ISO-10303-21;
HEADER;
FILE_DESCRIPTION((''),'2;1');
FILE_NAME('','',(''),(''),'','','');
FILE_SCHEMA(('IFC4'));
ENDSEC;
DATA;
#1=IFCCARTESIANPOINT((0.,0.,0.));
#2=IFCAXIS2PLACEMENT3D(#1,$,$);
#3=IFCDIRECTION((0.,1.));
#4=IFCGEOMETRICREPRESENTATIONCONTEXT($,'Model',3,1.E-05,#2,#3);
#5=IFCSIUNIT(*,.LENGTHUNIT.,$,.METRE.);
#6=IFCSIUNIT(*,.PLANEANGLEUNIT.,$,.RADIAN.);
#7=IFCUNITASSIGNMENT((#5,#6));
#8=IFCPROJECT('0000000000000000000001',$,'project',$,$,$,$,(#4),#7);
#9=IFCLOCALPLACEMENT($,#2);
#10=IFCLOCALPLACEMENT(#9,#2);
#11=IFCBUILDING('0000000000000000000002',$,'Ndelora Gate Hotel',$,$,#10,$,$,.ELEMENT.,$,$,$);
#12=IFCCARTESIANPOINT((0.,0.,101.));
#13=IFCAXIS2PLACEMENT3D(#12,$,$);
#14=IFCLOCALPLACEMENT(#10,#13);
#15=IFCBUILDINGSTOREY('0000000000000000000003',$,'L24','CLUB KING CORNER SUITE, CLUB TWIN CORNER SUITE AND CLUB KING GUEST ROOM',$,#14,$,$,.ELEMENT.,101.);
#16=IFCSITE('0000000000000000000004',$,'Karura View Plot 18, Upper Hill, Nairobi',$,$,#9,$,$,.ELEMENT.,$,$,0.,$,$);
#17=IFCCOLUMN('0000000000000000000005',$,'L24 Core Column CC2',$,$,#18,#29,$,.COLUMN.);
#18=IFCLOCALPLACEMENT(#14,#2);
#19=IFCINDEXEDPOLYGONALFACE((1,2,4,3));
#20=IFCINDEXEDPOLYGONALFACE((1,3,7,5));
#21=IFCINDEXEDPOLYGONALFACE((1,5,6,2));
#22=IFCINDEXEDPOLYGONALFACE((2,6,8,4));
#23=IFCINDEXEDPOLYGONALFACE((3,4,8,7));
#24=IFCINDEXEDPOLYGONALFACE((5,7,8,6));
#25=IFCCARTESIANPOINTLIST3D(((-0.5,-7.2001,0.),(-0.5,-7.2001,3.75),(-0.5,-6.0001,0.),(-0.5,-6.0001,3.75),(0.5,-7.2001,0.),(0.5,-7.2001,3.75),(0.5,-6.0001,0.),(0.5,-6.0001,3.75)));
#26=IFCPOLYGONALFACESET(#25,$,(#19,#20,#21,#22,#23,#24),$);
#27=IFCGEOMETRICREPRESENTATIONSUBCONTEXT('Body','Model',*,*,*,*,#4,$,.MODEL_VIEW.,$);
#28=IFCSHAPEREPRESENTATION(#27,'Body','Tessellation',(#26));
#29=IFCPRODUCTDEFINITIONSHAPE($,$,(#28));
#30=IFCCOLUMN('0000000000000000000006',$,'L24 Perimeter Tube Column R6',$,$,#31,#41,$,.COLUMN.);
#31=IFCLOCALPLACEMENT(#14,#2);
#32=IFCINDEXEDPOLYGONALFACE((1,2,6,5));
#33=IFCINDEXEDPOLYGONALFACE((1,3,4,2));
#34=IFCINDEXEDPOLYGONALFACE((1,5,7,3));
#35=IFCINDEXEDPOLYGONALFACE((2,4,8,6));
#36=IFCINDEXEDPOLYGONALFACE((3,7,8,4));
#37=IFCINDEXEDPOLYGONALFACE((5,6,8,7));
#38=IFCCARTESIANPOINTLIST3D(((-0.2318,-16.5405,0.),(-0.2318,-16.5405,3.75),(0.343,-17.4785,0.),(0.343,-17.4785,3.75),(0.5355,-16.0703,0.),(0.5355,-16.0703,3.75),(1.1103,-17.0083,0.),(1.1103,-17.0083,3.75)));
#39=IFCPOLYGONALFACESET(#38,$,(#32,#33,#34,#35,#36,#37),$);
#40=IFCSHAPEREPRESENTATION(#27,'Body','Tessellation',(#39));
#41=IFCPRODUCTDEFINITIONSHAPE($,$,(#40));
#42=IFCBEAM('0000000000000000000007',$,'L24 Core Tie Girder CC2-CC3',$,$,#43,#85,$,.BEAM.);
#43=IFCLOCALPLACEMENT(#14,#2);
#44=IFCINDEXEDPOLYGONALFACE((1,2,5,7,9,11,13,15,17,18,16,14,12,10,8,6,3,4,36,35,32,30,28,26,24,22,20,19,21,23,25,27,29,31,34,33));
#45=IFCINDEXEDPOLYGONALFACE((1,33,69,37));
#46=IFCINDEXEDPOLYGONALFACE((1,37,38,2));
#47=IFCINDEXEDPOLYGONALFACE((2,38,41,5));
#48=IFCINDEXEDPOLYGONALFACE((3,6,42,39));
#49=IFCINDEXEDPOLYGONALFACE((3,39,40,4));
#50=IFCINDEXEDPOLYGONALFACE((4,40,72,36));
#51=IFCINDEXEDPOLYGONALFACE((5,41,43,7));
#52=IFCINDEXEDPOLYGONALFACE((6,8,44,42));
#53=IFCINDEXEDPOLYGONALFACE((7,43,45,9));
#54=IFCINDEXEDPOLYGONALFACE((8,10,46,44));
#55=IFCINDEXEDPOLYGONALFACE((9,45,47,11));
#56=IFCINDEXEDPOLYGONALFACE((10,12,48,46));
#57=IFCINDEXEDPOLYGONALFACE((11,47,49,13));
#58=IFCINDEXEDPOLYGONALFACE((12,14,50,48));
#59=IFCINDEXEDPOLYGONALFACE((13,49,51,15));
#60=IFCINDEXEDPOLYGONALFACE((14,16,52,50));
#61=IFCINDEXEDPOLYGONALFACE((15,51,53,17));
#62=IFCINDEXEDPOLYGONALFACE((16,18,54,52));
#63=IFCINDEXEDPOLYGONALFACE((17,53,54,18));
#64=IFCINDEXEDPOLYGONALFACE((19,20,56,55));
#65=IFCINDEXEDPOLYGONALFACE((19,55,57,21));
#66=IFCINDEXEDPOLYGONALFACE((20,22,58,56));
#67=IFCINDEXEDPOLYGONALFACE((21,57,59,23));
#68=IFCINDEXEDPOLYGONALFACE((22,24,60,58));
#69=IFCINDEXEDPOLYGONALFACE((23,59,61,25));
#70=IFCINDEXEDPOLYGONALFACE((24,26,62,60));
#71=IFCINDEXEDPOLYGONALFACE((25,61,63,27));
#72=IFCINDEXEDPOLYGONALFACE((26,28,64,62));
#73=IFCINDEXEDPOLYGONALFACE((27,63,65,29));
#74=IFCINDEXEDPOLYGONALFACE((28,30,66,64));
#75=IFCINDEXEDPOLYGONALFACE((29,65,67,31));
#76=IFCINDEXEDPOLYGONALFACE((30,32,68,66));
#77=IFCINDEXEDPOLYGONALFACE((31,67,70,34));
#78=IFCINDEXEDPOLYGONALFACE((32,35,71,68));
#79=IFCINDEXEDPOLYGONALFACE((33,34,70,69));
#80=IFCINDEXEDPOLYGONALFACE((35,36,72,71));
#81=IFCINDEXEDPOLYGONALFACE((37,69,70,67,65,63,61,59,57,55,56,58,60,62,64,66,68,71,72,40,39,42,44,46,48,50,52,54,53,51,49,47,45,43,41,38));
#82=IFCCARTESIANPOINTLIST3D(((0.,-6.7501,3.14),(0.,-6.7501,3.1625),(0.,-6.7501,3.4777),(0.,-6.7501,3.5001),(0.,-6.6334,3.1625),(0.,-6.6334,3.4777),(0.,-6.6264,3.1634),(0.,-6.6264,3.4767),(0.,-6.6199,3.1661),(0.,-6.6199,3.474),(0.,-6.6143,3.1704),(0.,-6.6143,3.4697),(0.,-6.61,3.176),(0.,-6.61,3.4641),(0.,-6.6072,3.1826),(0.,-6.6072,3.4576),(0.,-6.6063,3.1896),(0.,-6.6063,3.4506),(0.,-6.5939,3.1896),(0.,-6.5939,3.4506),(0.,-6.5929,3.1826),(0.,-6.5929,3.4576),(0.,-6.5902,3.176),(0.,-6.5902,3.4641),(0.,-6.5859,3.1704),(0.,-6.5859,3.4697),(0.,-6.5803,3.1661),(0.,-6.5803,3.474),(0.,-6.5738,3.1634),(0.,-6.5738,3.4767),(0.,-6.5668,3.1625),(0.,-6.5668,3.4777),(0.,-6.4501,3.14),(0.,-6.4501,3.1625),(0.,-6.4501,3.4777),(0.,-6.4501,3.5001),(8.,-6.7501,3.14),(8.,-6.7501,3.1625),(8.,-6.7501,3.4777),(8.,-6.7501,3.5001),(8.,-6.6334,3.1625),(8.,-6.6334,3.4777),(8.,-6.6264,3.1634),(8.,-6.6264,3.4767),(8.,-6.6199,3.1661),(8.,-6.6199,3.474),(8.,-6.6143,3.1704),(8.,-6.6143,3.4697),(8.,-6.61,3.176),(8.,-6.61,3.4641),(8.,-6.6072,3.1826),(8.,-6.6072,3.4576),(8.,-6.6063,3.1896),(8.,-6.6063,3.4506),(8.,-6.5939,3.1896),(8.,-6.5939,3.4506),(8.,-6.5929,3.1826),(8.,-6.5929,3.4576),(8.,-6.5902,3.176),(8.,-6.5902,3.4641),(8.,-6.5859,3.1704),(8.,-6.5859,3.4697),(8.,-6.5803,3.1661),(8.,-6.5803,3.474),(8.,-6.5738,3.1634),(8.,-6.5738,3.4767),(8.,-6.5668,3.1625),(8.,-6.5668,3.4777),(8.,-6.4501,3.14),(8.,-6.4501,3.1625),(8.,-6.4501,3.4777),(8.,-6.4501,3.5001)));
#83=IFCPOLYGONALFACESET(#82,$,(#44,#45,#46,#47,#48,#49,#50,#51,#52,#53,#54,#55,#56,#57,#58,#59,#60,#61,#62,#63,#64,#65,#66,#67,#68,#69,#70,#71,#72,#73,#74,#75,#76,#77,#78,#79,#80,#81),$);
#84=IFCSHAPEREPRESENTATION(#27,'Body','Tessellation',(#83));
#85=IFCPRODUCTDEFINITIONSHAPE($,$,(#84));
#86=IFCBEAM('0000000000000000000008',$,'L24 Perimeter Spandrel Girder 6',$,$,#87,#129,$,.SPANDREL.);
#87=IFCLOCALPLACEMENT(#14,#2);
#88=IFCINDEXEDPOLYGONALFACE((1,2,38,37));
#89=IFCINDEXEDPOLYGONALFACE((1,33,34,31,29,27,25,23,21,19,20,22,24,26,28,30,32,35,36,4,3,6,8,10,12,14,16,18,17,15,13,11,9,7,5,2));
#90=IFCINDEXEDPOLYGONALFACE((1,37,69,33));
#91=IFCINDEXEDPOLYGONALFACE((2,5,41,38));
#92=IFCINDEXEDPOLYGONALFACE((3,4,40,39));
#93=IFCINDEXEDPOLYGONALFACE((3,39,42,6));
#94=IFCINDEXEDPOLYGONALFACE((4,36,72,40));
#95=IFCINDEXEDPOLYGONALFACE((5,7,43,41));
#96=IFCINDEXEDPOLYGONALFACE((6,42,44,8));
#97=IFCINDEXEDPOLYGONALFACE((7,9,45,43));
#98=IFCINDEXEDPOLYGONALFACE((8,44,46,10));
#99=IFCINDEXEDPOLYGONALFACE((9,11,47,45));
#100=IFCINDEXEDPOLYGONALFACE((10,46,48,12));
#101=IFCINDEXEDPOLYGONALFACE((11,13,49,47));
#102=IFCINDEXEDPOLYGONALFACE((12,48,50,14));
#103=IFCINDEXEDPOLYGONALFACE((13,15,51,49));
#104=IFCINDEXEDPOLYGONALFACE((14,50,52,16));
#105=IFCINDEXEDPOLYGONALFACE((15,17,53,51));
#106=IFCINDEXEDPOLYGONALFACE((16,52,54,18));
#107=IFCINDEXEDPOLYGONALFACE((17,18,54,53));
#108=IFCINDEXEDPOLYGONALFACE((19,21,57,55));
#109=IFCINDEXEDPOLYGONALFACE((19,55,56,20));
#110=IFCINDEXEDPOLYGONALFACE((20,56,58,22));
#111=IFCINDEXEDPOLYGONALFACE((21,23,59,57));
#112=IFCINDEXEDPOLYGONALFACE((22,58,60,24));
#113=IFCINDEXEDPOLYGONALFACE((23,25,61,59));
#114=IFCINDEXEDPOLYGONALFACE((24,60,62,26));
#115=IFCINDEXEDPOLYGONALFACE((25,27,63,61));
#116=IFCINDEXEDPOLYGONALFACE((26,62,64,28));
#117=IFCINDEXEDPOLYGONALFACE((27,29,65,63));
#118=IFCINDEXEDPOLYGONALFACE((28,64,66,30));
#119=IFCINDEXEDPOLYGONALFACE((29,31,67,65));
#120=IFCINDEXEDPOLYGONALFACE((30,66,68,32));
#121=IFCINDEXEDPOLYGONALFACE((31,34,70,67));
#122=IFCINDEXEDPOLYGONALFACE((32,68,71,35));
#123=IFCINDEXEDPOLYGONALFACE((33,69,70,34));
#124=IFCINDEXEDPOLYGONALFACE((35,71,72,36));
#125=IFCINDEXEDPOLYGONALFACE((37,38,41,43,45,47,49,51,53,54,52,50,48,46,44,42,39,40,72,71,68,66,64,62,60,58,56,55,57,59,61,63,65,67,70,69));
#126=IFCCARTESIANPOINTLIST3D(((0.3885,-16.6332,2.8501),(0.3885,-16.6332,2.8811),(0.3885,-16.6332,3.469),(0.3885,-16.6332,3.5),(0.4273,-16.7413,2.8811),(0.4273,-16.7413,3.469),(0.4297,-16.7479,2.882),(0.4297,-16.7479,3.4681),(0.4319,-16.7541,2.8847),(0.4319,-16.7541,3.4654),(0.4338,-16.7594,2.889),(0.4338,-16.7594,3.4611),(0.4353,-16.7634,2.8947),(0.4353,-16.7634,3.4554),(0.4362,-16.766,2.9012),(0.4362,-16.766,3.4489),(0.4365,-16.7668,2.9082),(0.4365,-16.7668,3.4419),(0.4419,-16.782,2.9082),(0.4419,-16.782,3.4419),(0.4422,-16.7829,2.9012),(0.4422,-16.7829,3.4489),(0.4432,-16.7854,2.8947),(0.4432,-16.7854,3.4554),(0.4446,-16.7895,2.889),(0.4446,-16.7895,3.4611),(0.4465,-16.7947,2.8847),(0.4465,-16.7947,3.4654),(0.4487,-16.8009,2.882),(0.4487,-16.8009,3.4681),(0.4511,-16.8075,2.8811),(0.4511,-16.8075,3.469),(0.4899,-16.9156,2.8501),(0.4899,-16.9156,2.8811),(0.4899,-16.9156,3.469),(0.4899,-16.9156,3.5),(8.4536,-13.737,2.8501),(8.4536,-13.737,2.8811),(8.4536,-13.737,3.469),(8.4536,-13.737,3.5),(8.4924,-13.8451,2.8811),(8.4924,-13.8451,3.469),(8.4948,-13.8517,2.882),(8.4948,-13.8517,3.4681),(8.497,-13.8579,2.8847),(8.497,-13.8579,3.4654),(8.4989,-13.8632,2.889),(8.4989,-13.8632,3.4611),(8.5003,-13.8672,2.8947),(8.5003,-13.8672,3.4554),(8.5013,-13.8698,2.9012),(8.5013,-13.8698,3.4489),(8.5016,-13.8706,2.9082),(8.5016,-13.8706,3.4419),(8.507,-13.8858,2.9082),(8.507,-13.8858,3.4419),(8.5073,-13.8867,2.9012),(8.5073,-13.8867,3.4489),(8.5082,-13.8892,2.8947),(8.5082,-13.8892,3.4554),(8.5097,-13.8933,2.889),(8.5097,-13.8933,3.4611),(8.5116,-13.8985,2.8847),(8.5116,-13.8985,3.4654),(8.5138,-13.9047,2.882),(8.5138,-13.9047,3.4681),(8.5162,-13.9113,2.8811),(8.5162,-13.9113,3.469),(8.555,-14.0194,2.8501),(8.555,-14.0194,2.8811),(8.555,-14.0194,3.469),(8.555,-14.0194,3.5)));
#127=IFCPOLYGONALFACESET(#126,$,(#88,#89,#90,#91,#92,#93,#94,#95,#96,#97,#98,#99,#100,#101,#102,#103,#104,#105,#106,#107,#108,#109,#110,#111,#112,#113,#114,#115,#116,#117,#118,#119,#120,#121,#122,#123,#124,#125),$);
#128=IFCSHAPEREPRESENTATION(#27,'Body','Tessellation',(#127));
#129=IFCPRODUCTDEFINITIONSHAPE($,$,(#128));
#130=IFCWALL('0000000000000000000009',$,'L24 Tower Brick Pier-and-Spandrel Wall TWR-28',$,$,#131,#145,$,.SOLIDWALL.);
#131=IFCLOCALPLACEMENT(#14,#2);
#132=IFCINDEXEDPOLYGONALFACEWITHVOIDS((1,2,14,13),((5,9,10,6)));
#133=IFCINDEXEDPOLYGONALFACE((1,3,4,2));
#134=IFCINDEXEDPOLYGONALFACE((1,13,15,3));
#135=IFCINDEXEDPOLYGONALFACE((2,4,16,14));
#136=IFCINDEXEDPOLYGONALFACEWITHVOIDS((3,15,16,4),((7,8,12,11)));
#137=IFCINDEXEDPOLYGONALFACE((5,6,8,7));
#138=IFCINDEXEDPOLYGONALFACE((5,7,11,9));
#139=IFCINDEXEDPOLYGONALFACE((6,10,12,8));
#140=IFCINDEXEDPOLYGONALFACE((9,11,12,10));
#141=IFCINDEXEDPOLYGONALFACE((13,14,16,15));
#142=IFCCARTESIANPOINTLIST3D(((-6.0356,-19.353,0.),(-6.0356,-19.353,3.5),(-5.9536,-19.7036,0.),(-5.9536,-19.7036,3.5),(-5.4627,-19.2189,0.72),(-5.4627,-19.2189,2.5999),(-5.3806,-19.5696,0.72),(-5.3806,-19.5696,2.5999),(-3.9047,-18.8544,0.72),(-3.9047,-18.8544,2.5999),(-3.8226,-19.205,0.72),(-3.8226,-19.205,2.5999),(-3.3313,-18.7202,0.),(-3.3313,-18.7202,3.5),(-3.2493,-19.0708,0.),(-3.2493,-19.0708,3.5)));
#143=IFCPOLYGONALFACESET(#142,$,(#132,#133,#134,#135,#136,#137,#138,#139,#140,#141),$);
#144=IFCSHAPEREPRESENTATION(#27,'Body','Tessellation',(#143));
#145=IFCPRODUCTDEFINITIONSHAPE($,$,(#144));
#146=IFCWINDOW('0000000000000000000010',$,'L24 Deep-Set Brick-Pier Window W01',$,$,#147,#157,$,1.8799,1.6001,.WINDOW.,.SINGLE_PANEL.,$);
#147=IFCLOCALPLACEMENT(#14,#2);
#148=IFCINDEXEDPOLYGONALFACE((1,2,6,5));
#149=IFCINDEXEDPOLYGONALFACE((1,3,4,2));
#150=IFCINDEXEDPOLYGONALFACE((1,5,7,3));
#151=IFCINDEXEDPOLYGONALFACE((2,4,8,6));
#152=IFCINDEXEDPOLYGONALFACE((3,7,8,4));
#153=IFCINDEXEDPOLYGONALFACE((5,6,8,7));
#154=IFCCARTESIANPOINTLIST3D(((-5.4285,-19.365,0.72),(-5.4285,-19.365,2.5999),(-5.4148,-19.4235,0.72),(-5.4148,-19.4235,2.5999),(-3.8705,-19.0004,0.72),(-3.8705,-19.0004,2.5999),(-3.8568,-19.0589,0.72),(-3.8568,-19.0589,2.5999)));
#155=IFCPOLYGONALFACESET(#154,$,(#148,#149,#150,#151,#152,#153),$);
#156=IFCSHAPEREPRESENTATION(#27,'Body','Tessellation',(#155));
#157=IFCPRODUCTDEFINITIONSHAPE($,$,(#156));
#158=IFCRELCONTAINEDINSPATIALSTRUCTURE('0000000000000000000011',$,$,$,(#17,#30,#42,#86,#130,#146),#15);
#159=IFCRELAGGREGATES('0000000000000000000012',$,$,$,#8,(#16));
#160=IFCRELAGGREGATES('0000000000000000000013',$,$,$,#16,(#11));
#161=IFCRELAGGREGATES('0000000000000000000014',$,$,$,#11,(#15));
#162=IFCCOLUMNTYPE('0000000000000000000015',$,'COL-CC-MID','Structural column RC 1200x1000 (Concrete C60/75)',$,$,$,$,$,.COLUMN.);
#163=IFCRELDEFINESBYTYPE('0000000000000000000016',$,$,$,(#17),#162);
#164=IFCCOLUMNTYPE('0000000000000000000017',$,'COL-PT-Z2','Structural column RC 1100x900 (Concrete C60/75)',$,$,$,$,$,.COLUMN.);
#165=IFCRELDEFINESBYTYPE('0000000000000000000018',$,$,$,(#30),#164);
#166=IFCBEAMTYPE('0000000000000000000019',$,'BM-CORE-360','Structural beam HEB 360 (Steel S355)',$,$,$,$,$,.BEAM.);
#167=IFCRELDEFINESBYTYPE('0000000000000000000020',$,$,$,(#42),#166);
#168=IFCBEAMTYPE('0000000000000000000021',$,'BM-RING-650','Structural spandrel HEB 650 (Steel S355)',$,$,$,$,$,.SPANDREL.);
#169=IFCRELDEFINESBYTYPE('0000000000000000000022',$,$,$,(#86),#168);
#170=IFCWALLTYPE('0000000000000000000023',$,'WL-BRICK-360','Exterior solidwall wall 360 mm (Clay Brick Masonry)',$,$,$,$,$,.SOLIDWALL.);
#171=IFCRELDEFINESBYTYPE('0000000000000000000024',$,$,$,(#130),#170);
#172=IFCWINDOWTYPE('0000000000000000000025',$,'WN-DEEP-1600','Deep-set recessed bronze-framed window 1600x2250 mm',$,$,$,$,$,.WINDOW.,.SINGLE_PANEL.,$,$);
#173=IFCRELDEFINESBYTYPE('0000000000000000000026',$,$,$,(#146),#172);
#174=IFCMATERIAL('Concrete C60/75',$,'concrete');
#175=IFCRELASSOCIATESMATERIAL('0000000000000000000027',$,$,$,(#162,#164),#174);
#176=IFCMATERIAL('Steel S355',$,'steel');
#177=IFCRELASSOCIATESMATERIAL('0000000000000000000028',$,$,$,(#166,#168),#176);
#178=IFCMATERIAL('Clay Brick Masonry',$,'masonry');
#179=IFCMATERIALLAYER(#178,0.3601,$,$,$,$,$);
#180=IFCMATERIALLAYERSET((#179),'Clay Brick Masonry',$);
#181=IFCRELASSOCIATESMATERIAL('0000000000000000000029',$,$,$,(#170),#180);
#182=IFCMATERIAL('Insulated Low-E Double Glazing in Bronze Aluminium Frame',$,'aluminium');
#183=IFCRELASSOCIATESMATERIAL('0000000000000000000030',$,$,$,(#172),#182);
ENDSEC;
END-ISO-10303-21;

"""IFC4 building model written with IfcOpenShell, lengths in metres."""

from ifc_helpers import new_model, si_unit, direction, frame, frame_2d, origin, origin_2d, place, context, subcontext, project, spatial, rectangle, i_section, extrude, material, layer, layer_set, material_profile, profile_set, type_object, element, fill, save


model = new_model("IFC4")

# Units and contexts
model_context = context("Model", 3, precision=1e-05, world=origin(), true_north=direction((0.0, 1.0)))
body_context = subcontext(model_context, "Body", "Model", "MODEL_VIEW")
ifc_project = project(units=[si_unit("LENGTHUNIT", "METRE"), si_unit("PLANEANGLEUNIT", "RADIAN")], contexts=[model_context])

# Site, building, storey
site_placement = place(None, origin())
site = spatial("IfcSite", under=ifc_project, at=site_placement, Name="Karura View Plot 18, Upper Hill, Nairobi", CompositionType="ELEMENT", RefElevation=0.0)
building_placement = place(site_placement, origin())
building = spatial("IfcBuilding", under=site, at=building_placement, Name="Ndelora Gate Hotel", CompositionType="ELEMENT")
storey_placement = place(building_placement, frame((0.0, 0.0, 101.0)))
storey = spatial("IfcBuildingStorey", under=building, at=storey_placement, Name="L24", Description="CLUB KING CORNER SUITE, CLUB TWIN CORNER SUITE AND CLUB KING GUEST ROOM", CompositionType="ELEMENT", Elevation=101.0)

# Columns
ifc_material_1 = material(Name="Concrete C60/75", Category="concrete")
ifc_material_profile_1 = material_profile(ifc_material_1, rectangle(XDim=1.0, YDim=1.2, at=origin_2d()), Name="RC 1200x1000")
ifc_profile_set_1 = profile_set([ifc_material_profile_1], Name="Concrete C60/75")
column_type_1 = type_object("IfcColumnType", Name="COL-CC-MID", Description="Structural column RC 1200x1000 (Concrete C60/75)", PredefinedType="COLUMN", material=ifc_profile_set_1)
column_1_placement = place(storey_placement, frame((0.0, -6.6001, 0.0), z_axis=(0.0, 0.0, 1.0), x_axis=(1.0, 0.0, 0.0)))
element("IfcColumn", 1, at=column_1_placement, inside=storey, type_object=column_type_1, Name="L24 Core Column CC2", PredefinedType="COLUMN", context=body_context, shape_type="SweptSolid", body=[
    extrude(rectangle(XDim=1.0, YDim=1.2, at=origin_2d()), origin(), (0.0, 0.0, 1.0), 3.75),
])
ifc_material_profile_2 = material_profile(ifc_material_1, rectangle(XDim=0.8999, YDim=1.1001, at=origin_2d()), Name="RC 1100x900")
ifc_profile_set_2 = profile_set([ifc_material_profile_2], Name="Concrete C60/75")
column_type_2 = type_object("IfcColumnType", Name="COL-PT-Z2", Description="Structural column RC 1100x900 (Concrete C60/75)", PredefinedType="COLUMN", material=ifc_profile_set_2)
column_2_placement = place(storey_placement, frame((0.4392, -16.7744, 0.0), z_axis=(0.0, 0.0, 1.0), x_axis=(0.85264, 0.522499, 0.0)))
element("IfcColumn", 2, at=column_2_placement, inside=storey, type_object=column_type_2, Name="L24 Perimeter Tube Column R6", PredefinedType="COLUMN", context=body_context, shape_type="SweptSolid", body=[
    extrude(rectangle(XDim=0.8999, YDim=1.1001, at=origin_2d()), origin(), (0.0, 0.0, 1.0), 3.75),
])

# Beams
ifc_material_2 = material(Name="Steel S355", Category="steel")
ifc_material_profile_3 = material_profile(ifc_material_2, i_section(OverallWidth=0.3, OverallDepth=0.3601, WebThickness=0.0125, FlangeThickness=0.0225, FilletRadius=0.0271, at=origin_2d()), Name="HEB 360")
ifc_profile_set_3 = profile_set([ifc_material_profile_3], Name="Steel S355")
beam_type_1 = type_object("IfcBeamType", Name="BM-CORE-360", Description="Structural beam HEB 360 (Steel S355)", PredefinedType="BEAM", material=ifc_profile_set_3)
beam_1_placement = place(storey_placement, frame((0.0, -6.6001, 3.3201), z_axis=(1.0, 0.0, 0.0), x_axis=(0.0, 1.0, 0.0)))
element("IfcBeam", 3, at=beam_1_placement, inside=storey, type_object=beam_type_1, Name="L24 Core Tie Girder CC2-CC3", PredefinedType="BEAM", context=body_context, shape_type="SweptSolid", body=[
    extrude(i_section(OverallWidth=0.3, OverallDepth=0.3601, WebThickness=0.0125, FlangeThickness=0.0225, FilletRadius=0.0271, at=origin_2d()), origin(), (0.0, 0.0, 1.0), 8.0),
])
ifc_material_profile_4 = material_profile(ifc_material_2, i_section(OverallWidth=0.3, OverallDepth=0.6499, WebThickness=0.0161, FlangeThickness=0.031, FilletRadius=0.0271, at=origin_2d()), Name="HEB 650")
ifc_profile_set_4 = profile_set([ifc_material_profile_4], Name="Steel S355")
beam_type_2 = type_object("IfcBeamType", Name="BM-RING-650", Description="Structural spandrel HEB 650 (Steel S355)", PredefinedType="SPANDREL", material=ifc_profile_set_4)
beam_2_placement = place(storey_placement, frame((0.4392, -16.7744, 3.175), z_axis=(0.941156, 0.337973, 0.0), x_axis=(-0.337973, 0.941156, 0.0)))
element("IfcBeam", 4, at=beam_2_placement, inside=storey, type_object=beam_type_2, Name="L24 Perimeter Spandrel Girder 6", PredefinedType="SPANDREL", context=body_context, shape_type="SweptSolid", body=[
    extrude(i_section(OverallWidth=0.3, OverallDepth=0.6499, WebThickness=0.0161, FlangeThickness=0.031, FilletRadius=0.0271, at=origin_2d()), origin(), (0.0, 0.0, 1.0), 8.5693),
])

# Wall, opening, window
ifc_material_3 = material(Name="Clay Brick Masonry", Category="masonry")
ifc_layer_1 = layer(ifc_material_3, 0.3601)
ifc_layer_set_1 = layer_set([ifc_layer_1], Name="Clay Brick Masonry")
wall_type_1 = type_object("IfcWallType", Name="WL-BRICK-360", Description="Exterior solidwall wall 360 mm (Clay Brick Masonry)", PredefinedType="SOLIDWALL", material=ifc_layer_set_1)
wall_1_placement = place(storey_placement, frame((-3.2903, -18.8955, 0.0), z_axis=(0.0, 0.0, 1.0), x_axis=(-0.973698, -0.227844, 0.0)))
wall_1 = element("IfcWall", 5, at=wall_1_placement, inside=storey, type_object=wall_type_1, Name="L24 Tower Brick Pier-and-Spandrel Wall TWR-28", PredefinedType="SOLIDWALL", context=body_context, shape_type="SweptSolid", body=[
    extrude(rectangle(XDim=2.7773, YDim=0.3601, at=frame_2d((1.3887, 0.0))), origin(), (0.0, 0.0, 1.0), 3.5),
])
opening_1_placement = place(wall_1_placement, frame((0.5889, 0.0, 0.72)))
opening_1 = element("IfcOpeningElement", 6, at=opening_1_placement, cuts=wall_1, PredefinedType="OPENING", context=body_context, shape_type="SweptSolid", body=[
    extrude(rectangle(XDim=1.6001, YDim=1.8799, at=frame_2d((0.8, 0.9399))), frame((0.0, 0.1899, 0.0), z_axis=(0.0, -1.0, 0.0), x_axis=(1.0, 0.0, 0.0)), (0.0, 0.0, 1.0), 0.3801),
])
ifc_material_4 = material(Name="Insulated Low-E Double Glazing in Bronze Aluminium Frame", Category="aluminium")
window_type_1 = type_object("IfcWindowType", Name="WN-DEEP-1600", Description="Deep-set recessed bronze-framed window 1600x2250 mm", PartitioningType="SINGLE_PANEL", PredefinedType="WINDOW", material=ifc_material_4)
window_1_placement = place(opening_1_placement, origin())
window_1 = element("IfcWindow", 7, at=window_1_placement, inside=storey, type_object=window_type_1, Name="L24 Deep-Set Brick-Pier Window W01", OverallHeight=1.8799, OverallWidth=1.6001, PartitioningType="SINGLE_PANEL", PredefinedType="WINDOW", context=body_context, shape_type="SweptSolid", body=[
    extrude(rectangle(XDim=1.6001, YDim=1.8799, at=frame_2d((0.8, 0.9399))), frame((0.0, 0.03, 0.0), z_axis=(0.0, -1.0, 0.0), x_axis=(1.0, 0.0, 0.0)), (0.0, 0.0, 1.0), 0.0601),
])
fill(opening_1, window_1)

save(model, "model.ifc")
